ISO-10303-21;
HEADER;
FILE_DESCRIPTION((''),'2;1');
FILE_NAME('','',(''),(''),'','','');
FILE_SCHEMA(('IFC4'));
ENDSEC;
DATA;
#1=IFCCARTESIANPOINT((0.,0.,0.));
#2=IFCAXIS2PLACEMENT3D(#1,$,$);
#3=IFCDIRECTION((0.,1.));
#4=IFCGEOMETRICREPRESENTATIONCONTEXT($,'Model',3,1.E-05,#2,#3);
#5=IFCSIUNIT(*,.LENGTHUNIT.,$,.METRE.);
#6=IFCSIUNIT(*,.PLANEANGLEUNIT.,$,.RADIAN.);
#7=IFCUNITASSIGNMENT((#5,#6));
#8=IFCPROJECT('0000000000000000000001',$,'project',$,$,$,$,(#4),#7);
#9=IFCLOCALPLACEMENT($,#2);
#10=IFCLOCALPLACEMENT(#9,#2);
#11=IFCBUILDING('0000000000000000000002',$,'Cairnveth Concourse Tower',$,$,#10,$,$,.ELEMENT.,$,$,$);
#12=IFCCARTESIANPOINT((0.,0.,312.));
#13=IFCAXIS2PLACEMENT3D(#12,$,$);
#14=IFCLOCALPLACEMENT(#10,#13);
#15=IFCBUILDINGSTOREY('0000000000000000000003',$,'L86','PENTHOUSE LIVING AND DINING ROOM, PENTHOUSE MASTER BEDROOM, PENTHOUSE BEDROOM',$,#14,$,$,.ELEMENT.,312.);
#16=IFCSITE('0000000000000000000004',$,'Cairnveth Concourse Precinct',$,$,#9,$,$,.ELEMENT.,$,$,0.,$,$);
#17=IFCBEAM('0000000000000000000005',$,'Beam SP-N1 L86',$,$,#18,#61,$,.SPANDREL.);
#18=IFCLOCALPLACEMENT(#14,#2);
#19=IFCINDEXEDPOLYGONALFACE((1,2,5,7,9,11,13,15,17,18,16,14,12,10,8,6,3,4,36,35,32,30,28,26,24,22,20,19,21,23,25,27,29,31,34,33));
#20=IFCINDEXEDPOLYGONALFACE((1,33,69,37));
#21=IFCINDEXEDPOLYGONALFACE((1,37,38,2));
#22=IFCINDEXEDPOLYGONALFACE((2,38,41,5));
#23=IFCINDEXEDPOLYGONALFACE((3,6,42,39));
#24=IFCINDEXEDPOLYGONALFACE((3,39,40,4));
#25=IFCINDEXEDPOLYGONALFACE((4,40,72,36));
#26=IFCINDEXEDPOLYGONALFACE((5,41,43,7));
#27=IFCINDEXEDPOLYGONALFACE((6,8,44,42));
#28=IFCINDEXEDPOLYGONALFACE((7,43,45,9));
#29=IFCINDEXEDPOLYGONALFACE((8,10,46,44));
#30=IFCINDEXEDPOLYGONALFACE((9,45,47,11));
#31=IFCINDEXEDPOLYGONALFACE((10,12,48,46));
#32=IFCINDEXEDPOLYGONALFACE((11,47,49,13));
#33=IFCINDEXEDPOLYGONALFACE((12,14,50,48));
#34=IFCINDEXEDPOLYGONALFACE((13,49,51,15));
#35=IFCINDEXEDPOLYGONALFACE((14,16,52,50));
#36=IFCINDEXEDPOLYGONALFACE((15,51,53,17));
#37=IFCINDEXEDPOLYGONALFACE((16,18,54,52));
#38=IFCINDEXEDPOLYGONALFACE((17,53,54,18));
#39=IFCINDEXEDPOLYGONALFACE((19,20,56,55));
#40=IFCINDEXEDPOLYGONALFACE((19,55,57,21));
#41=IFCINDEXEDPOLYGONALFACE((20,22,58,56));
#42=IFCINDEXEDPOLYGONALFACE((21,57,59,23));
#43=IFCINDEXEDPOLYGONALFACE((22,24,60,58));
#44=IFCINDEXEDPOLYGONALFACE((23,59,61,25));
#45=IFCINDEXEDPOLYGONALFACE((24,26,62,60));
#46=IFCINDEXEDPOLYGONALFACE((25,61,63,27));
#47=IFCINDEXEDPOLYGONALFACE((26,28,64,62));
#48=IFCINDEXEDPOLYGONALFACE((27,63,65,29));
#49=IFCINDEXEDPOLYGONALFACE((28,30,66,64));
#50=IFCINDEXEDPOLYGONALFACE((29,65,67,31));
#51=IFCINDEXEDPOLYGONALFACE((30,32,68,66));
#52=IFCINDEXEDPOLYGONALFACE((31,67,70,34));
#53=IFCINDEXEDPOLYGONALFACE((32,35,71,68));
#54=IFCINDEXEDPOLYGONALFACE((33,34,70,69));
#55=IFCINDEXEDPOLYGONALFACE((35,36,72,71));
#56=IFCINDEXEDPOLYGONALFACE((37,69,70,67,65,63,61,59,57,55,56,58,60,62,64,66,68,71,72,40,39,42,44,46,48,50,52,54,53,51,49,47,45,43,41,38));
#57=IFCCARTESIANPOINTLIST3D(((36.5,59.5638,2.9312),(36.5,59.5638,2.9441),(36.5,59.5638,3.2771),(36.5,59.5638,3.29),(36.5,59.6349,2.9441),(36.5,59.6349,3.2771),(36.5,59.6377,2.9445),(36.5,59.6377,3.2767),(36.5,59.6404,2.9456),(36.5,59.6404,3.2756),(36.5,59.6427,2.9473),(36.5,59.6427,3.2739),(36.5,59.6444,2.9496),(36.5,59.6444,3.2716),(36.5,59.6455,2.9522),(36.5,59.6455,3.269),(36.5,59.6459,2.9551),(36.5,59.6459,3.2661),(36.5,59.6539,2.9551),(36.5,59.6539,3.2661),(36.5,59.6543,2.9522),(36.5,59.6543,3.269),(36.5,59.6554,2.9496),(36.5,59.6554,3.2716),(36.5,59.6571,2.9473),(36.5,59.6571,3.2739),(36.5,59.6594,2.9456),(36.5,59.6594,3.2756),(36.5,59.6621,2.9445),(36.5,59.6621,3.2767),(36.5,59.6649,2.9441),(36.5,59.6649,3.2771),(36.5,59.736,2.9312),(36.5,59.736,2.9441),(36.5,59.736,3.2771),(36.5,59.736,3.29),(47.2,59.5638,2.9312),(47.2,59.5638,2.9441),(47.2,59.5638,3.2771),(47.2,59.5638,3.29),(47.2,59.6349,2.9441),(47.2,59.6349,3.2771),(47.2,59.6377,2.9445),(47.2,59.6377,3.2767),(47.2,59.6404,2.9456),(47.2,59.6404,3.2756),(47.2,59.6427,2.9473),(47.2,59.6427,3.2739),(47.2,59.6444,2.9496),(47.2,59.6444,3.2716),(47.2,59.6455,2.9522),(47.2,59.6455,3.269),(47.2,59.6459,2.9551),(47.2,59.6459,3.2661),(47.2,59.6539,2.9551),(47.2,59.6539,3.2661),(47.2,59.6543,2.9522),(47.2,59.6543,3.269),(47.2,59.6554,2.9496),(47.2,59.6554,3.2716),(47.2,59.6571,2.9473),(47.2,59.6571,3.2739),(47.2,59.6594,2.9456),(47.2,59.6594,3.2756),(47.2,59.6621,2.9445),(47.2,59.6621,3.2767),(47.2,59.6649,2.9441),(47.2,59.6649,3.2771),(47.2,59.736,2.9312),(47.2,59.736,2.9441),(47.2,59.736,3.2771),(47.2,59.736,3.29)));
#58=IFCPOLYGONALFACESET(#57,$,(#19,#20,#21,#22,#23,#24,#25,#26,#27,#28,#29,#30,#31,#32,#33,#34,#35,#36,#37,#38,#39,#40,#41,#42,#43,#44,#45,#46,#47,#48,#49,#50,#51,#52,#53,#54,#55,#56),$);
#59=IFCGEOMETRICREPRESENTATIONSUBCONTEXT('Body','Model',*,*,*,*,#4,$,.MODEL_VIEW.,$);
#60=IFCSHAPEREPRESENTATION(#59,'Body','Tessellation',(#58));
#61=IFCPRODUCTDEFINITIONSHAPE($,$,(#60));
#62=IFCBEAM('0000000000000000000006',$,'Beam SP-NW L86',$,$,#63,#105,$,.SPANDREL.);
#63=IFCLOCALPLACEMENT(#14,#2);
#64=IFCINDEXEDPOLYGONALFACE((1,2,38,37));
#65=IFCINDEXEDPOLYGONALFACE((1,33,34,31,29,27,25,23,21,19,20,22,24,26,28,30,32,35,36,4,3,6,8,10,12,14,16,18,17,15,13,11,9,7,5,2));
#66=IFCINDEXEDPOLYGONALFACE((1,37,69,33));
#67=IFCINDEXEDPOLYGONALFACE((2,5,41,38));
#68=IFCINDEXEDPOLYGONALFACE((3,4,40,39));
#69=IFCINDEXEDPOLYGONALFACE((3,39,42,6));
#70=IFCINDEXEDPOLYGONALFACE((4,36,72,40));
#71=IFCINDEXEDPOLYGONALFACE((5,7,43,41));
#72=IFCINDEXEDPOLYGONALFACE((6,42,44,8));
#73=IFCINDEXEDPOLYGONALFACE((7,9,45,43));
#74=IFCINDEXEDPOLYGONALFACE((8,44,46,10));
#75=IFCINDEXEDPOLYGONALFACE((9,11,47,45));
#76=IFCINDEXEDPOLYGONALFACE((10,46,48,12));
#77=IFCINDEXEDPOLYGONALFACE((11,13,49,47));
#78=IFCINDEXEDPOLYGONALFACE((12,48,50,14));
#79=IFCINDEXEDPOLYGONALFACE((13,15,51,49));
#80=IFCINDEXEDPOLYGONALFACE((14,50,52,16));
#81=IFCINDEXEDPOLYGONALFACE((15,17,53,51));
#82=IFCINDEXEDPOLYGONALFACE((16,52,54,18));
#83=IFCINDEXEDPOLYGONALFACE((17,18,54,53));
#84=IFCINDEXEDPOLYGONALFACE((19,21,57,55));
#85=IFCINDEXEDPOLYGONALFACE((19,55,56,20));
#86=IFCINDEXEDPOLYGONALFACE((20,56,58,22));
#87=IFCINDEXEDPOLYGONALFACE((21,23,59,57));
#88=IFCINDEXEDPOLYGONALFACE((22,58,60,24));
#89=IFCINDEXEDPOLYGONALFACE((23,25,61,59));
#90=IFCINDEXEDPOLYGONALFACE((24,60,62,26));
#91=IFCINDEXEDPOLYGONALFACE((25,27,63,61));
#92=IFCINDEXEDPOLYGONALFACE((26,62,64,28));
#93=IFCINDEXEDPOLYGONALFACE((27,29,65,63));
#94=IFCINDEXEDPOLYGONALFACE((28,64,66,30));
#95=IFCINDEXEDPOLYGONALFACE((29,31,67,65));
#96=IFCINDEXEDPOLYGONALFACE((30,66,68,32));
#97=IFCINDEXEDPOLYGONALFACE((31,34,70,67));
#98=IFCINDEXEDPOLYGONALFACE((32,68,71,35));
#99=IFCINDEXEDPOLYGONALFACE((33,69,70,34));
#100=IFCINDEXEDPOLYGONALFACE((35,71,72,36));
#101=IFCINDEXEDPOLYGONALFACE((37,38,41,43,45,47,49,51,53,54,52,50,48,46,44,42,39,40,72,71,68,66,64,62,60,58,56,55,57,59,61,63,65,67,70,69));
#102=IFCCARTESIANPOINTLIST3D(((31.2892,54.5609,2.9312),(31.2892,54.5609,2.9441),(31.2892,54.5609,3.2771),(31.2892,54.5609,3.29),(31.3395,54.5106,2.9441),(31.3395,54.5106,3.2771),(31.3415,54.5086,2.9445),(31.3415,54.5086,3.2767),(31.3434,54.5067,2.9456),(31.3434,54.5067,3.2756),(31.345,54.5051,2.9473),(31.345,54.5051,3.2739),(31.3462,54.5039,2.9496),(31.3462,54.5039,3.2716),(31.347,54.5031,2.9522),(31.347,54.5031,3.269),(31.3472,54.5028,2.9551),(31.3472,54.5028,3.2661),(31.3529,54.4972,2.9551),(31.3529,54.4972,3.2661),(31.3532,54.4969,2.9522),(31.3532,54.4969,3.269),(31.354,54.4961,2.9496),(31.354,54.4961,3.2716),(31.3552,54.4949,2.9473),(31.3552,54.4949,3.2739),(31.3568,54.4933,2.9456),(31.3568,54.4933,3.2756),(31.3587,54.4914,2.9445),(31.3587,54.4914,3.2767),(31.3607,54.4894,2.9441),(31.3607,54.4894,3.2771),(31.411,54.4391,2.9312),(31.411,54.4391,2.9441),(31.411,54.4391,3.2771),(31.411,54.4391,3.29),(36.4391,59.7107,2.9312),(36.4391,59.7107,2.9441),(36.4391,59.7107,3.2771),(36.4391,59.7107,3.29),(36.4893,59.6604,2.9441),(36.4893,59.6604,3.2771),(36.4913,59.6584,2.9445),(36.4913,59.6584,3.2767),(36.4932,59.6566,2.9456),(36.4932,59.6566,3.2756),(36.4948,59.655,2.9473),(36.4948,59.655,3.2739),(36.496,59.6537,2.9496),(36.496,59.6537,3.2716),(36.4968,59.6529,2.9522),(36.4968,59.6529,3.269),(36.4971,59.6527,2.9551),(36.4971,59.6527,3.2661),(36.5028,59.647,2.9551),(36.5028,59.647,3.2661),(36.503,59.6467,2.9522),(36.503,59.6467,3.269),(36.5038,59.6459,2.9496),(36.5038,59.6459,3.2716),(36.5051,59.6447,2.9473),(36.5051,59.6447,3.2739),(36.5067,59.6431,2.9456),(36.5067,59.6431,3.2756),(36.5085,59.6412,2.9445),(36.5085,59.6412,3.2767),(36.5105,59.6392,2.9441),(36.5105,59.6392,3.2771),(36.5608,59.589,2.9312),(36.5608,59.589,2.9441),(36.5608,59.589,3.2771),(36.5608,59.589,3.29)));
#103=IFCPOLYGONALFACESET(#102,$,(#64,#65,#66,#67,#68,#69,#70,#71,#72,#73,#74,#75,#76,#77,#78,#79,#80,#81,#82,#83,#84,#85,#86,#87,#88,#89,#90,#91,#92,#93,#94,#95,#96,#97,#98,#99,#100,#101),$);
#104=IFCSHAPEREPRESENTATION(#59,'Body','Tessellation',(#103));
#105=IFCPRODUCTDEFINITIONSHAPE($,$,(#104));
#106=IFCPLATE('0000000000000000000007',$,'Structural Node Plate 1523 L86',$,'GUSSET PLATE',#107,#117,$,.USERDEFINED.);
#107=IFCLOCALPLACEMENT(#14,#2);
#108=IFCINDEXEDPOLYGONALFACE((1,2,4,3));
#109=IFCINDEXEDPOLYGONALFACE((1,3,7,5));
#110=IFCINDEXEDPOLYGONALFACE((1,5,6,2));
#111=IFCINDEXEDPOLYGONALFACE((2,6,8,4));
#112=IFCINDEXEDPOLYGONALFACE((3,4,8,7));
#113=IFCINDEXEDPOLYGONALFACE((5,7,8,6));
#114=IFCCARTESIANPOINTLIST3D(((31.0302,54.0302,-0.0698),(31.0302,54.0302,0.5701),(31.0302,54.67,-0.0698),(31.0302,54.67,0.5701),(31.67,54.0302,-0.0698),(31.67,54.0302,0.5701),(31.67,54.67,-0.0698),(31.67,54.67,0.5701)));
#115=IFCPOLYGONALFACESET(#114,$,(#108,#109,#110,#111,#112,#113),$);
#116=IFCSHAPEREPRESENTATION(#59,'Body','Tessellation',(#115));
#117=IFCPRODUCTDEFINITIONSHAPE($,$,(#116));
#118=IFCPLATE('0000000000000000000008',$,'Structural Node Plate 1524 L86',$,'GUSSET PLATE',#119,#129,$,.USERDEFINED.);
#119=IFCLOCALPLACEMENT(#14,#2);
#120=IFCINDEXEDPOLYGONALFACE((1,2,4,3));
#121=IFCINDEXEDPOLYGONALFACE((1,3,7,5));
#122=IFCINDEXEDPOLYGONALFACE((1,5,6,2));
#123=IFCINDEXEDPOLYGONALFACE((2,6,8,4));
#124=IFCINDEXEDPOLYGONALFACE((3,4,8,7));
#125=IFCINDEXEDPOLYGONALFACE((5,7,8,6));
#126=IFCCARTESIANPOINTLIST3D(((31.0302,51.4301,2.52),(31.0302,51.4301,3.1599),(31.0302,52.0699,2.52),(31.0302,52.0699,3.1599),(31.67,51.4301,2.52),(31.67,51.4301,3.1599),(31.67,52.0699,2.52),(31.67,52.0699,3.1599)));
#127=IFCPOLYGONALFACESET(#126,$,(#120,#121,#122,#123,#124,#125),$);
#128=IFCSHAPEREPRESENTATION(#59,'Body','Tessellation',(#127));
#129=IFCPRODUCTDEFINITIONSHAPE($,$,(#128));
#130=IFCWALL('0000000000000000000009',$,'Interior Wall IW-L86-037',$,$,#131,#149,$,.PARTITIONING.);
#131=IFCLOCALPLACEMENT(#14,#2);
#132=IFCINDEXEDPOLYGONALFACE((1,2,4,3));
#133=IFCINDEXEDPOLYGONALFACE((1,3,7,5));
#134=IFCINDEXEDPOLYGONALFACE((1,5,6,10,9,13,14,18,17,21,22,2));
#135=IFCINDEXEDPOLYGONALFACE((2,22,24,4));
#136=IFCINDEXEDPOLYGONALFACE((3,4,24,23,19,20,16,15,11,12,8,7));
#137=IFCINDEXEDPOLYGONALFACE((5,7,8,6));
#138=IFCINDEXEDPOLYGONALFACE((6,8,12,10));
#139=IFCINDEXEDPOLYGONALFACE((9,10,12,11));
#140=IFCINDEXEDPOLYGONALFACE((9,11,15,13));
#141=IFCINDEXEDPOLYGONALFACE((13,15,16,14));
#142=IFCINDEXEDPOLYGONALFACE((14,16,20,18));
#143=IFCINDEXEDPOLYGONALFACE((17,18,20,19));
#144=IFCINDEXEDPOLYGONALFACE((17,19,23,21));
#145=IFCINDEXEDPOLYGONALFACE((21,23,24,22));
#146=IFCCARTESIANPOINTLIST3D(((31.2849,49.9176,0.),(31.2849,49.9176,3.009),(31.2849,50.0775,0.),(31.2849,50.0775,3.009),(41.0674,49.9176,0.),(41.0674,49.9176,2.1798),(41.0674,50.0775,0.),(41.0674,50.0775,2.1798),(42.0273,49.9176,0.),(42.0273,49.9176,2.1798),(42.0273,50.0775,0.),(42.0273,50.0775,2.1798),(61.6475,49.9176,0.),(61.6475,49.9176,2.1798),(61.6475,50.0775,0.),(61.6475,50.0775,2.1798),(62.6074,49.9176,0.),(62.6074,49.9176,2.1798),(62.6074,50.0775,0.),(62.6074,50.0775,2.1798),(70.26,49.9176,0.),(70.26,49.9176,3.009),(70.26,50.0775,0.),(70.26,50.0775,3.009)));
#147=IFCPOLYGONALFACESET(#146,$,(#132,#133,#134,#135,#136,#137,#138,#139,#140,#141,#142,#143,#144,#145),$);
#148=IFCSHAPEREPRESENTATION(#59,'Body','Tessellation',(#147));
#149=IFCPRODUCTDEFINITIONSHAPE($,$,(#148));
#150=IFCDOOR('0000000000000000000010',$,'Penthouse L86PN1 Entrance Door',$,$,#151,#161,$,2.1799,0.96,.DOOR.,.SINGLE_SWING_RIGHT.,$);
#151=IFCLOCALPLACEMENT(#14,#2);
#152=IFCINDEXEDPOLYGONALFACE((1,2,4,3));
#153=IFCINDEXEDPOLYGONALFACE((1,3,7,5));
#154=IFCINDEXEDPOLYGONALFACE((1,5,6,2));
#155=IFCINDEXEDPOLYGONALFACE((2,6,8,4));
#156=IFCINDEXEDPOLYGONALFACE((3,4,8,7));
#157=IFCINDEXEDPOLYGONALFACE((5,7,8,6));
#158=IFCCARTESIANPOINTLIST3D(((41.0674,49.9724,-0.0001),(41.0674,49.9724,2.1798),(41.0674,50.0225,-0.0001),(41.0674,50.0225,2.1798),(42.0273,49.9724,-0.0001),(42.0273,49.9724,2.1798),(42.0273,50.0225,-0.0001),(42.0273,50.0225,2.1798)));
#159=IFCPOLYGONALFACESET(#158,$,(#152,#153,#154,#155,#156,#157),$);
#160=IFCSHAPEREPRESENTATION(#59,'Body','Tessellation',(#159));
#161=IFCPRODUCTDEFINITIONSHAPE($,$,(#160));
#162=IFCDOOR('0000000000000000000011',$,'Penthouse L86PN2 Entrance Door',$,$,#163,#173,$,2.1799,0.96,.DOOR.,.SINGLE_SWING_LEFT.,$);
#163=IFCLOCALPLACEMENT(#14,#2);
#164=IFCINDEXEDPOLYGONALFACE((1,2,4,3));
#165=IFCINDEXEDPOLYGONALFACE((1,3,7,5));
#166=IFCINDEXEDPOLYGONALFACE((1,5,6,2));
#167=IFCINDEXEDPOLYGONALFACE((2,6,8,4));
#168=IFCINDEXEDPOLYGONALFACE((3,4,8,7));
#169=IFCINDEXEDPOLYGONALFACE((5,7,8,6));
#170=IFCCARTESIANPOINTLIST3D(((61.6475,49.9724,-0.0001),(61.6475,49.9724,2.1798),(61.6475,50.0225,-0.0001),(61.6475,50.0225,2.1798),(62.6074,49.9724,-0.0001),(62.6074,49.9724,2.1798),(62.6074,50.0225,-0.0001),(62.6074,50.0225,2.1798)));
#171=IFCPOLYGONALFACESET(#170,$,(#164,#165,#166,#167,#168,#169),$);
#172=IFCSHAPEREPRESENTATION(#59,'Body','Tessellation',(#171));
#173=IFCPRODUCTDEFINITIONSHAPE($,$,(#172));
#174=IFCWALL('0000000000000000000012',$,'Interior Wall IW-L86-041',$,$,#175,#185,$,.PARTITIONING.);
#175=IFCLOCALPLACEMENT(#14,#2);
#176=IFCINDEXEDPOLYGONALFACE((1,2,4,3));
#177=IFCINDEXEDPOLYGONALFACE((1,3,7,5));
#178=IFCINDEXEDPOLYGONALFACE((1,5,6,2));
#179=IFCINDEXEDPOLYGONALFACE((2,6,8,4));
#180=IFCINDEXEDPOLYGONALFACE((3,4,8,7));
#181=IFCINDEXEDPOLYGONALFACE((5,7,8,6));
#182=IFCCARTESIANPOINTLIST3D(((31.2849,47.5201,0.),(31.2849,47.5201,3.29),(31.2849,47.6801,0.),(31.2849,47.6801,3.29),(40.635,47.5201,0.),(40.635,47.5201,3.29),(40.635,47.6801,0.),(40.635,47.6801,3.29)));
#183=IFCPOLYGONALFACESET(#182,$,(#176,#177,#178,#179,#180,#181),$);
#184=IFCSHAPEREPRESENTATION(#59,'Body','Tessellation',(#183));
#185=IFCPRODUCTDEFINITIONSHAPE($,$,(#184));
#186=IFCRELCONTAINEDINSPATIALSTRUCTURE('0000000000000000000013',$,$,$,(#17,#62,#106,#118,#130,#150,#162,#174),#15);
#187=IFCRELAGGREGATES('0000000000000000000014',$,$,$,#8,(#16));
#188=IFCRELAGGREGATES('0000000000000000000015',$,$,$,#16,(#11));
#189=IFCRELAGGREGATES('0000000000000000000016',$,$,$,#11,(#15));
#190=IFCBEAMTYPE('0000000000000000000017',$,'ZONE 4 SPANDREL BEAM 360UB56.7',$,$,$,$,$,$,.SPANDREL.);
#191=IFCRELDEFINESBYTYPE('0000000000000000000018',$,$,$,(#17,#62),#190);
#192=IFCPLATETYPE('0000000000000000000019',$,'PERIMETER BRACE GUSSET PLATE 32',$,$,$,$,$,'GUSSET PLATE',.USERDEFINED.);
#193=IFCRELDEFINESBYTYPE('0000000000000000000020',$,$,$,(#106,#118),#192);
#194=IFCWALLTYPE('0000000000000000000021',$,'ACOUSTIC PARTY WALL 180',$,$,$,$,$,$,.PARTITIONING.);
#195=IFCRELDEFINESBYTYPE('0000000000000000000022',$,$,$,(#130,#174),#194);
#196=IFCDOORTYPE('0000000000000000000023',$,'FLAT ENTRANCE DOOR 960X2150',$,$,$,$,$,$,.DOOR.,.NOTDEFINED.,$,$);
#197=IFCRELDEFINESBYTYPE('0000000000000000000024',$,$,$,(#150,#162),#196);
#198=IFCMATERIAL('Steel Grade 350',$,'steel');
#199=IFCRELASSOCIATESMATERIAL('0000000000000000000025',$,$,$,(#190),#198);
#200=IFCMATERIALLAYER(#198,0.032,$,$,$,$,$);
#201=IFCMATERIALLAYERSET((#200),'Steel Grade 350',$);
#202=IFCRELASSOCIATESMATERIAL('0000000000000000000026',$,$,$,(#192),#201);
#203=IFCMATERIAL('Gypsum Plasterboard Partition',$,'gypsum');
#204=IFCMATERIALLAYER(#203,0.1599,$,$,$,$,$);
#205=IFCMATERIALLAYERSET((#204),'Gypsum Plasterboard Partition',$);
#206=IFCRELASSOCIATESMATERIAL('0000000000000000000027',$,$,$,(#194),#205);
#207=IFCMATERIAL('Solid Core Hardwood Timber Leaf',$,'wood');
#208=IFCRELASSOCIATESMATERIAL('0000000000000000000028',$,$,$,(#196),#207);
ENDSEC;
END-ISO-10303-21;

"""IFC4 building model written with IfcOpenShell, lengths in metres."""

from ifc_helpers import new_model, si_unit, direction, frame, frame_2d, origin, origin_2d, place, context, subcontext, project, spatial, rectangle, i_section, extrude, material, layer, layer_set, material_profile, profile_set, type_object, element, fill, save


model = new_model("IFC4")

# Units and contexts
model_context = context("Model", 3, precision=1e-05, world=origin(), true_north=direction((0.0, 1.0)))
body_context = subcontext(model_context, "Body", "Model", "MODEL_VIEW")
ifc_project = project(units=[si_unit("LENGTHUNIT", "METRE"), si_unit("PLANEANGLEUNIT", "RADIAN")], contexts=[model_context])

# Site, building, storey
site_placement = place(None, origin())
site = spatial("IfcSite", under=ifc_project, at=site_placement, Name="Cairnveth Concourse Precinct", CompositionType="ELEMENT", RefElevation=0.0)
building_placement = place(site_placement, origin())
building = spatial("IfcBuilding", under=site, at=building_placement, Name="Cairnveth Concourse Tower", CompositionType="ELEMENT")
storey_placement = place(building_placement, frame((0.0, 0.0, 312.0)))
storey = spatial("IfcBuildingStorey", under=building, at=storey_placement, Name="L86", Description="PENTHOUSE LIVING AND DINING ROOM, PENTHOUSE MASTER BEDROOM, PENTHOUSE BEDROOM", CompositionType="ELEMENT", Elevation=312.0)

# Shared definitions
ifc_material_1 = material(Name="Steel Grade 350", Category="steel")

# Beams
ifc_material_profile_1 = material_profile(ifc_material_1, i_section(OverallWidth=0.1721, OverallDepth=0.3589, WebThickness=0.0081, FlangeThickness=0.0129, FilletRadius=0.011, at=origin_2d()), Name="360UB56.7")
ifc_profile_set_1 = profile_set([ifc_material_profile_1], Name="Steel Grade 350")
beam_type_1 = type_object("IfcBeamType", Name="ZONE 4 SPANDREL BEAM 360UB56.7", PredefinedType="SPANDREL", material=ifc_profile_set_1)
beam_1_placement = place(storey_placement, frame((36.5, 59.6499, 3.1106), z_axis=(1.0, 0.0, 0.0), x_axis=(0.0, 1.0, 0.0)))
element("IfcBeam", 1, at=beam_1_placement, inside=storey, type_object=beam_type_1, Name="Beam SP-N1 L86", PredefinedType="SPANDREL", context=body_context, shape_type="SweptSolid", body=[
    extrude(i_section(OverallWidth=0.1721, OverallDepth=0.3589, WebThickness=0.0081, FlangeThickness=0.0129, FilletRadius=0.011, at=origin_2d()), origin(), (0.0, 0.0, 1.0), 10.7),
])
beam_2_placement = place(storey_placement, frame((31.3501, 54.5, 3.1106), z_axis=(0.707107, 0.707107, 0.0), x_axis=(-0.707107, 0.707107, 0.0)))
element("IfcBeam", 2, at=beam_2_placement, inside=storey, type_object=beam_type_1, Name="Beam SP-NW L86", PredefinedType="SPANDREL", context=body_context, shape_type="SweptSolid", body=[
    extrude(i_section(OverallWidth=0.1721, OverallDepth=0.3589, WebThickness=0.0081, FlangeThickness=0.0129, FilletRadius=0.011, at=origin_2d()), origin(), (0.0, 0.0, 1.0), 7.283),
])

# Plates
ifc_layer_1 = layer(ifc_material_1, 0.032)
ifc_layer_set_1 = layer_set([ifc_layer_1], Name="Steel Grade 350")
plate_type = type_object("IfcPlateType", Name="PERIMETER BRACE GUSSET PLATE 32", ElementType="GUSSET PLATE", PredefinedType="USERDEFINED", material=ifc_layer_set_1)
for number, where, z_axis, x_axis, name in (
    (3, (31.3501, 54.3501, -0.0698), (0.0, 0.0, 1.0), (1.0, 0.0, 0.0), "Structural Node Plate 1523 L86"),
    (4, (31.3501, 51.75, 2.52), (0.0, 0.0, 1.0), (1.0, 0.0, 0.0), "Structural Node Plate 1524 L86"),
):
    element("IfcPlate", number, at=place(storey_placement, frame(where, z_axis=z_axis, x_axis=x_axis)), inside=storey, type_object=plate_type, Name=name, ObjectType="GUSSET PLATE", PredefinedType="USERDEFINED", context=body_context, shape_type="SweptSolid", body=[
        extrude(rectangle(XDim=0.6399, YDim=0.6399, at=origin_2d()), origin(), (0.0, 0.0, 1.0), 0.6399),
    ])

# Wall, openings, doors
ifc_material_2 = material(Name="Gypsum Plasterboard Partition", Category="gypsum")
ifc_layer_2 = layer(ifc_material_2, 0.1599)
ifc_layer_set_2 = layer_set([ifc_layer_2], Name="Gypsum Plasterboard Partition")
wall_type_1 = type_object("IfcWallType", Name="ACOUSTIC PARTY WALL 180", PredefinedType="PARTITIONING", material=ifc_layer_set_2)
wall_1_placement = place(storey_placement, frame((31.2849, 49.9976, 0.0), z_axis=(0.0, 0.0, 1.0), x_axis=(1.0, 0.0, 0.0)))
wall_1 = element("IfcWall", 5, at=wall_1_placement, inside=storey, type_object=wall_type_1, Name="Interior Wall IW-L86-037", PredefinedType="PARTITIONING", context=body_context, shape_type="SweptSolid", body=[
    extrude(rectangle(XDim=38.9751, YDim=0.1599, at=frame_2d((19.4875, 0.0))), origin(), (0.0, 0.0, 1.0), 3.009),
])
opening_1_placement = place(wall_1_placement, frame((9.7825, 0.0, 0.0)))
opening_1 = element("IfcOpeningElement", 6, at=opening_1_placement, cuts=wall_1, PredefinedType="OPENING", context=body_context, shape_type="SweptSolid", body=[
    extrude(rectangle(XDim=0.96, YDim=2.1799, at=frame_2d((0.48, 1.0898))), frame((0.0, 0.0898, 0.0), z_axis=(0.0, -1.0, 0.0), x_axis=(1.0, 0.0, 0.0)), (0.0, 0.0, 1.0), 0.1799),
])
opening_2_placement = place(wall_1_placement, frame((30.3625, 0.0, 0.0)))
opening_2 = element("IfcOpeningElement", 7, at=opening_2_placement, cuts=wall_1, PredefinedType="OPENING", context=body_context, shape_type="SweptSolid", body=[
    extrude(rectangle(XDim=0.96, YDim=2.1799, at=frame_2d((0.48, 1.0898))), frame((0.0, 0.0898, 0.0), z_axis=(0.0, -1.0, 0.0), x_axis=(1.0, 0.0, 0.0)), (0.0, 0.0, 1.0), 0.1799),
])
ifc_material_3 = material(Name="Solid Core Hardwood Timber Leaf", Category="wood")
door_type = type_object("IfcDoorType", Name="FLAT ENTRANCE DOOR 960X2150", OperationType="NOTDEFINED", PredefinedType="DOOR", material=ifc_material_3)
door_1_placement = place(opening_1_placement, origin())
door_1 = element("IfcDoor", 8, at=door_1_placement, inside=storey, type_object=door_type, Name="Penthouse L86PN1 Entrance Door", OperationType="SINGLE_SWING_RIGHT", OverallHeight=2.1799, OverallWidth=0.96, PredefinedType="DOOR", context=body_context, shape_type="SweptSolid", body=[
    extrude(rectangle(XDim=0.96, YDim=2.1799, at=frame_2d((0.48, 1.0898))), frame((0.0, 0.0249, 0.0), z_axis=(0.0, -1.0, 0.0), x_axis=(1.0, 0.0, 0.0)), (0.0, 0.0, 1.0), 0.05),
])
fill(opening_1, door_1)
door_2_placement = place(opening_2_placement, origin())
door_2 = element("IfcDoor", 9, at=door_2_placement, inside=storey, type_object=door_type, Name="Penthouse L86PN2 Entrance Door", OperationType="SINGLE_SWING_LEFT", OverallHeight=2.1799, OverallWidth=0.96, PredefinedType="DOOR", context=body_context, shape_type="SweptSolid", body=[
    extrude(rectangle(XDim=0.96, YDim=2.1799, at=frame_2d((0.48, 1.0898))), frame((0.0, 0.0249, 0.0), z_axis=(0.0, -1.0, 0.0), x_axis=(1.0, 0.0, 0.0)), (0.0, 0.0, 1.0), 0.05),
])
fill(opening_2, door_2)

# Wall
wall_2_placement = place(storey_placement, frame((31.2849, 47.6001, 0.0), z_axis=(0.0, 0.0, 1.0), x_axis=(1.0, 0.0, 0.0)))
element("IfcWall", 10, at=wall_2_placement, inside=storey, type_object=wall_type_1, Name="Interior Wall IW-L86-041", PredefinedType="PARTITIONING", context=body_context, shape_type="SweptSolid", body=[
    extrude(rectangle(XDim=9.3501, YDim=0.1599, at=frame_2d((4.675, 0.0))), origin(), (0.0, 0.0, 1.0), 3.29),
])

save(model, "model.ifc")
